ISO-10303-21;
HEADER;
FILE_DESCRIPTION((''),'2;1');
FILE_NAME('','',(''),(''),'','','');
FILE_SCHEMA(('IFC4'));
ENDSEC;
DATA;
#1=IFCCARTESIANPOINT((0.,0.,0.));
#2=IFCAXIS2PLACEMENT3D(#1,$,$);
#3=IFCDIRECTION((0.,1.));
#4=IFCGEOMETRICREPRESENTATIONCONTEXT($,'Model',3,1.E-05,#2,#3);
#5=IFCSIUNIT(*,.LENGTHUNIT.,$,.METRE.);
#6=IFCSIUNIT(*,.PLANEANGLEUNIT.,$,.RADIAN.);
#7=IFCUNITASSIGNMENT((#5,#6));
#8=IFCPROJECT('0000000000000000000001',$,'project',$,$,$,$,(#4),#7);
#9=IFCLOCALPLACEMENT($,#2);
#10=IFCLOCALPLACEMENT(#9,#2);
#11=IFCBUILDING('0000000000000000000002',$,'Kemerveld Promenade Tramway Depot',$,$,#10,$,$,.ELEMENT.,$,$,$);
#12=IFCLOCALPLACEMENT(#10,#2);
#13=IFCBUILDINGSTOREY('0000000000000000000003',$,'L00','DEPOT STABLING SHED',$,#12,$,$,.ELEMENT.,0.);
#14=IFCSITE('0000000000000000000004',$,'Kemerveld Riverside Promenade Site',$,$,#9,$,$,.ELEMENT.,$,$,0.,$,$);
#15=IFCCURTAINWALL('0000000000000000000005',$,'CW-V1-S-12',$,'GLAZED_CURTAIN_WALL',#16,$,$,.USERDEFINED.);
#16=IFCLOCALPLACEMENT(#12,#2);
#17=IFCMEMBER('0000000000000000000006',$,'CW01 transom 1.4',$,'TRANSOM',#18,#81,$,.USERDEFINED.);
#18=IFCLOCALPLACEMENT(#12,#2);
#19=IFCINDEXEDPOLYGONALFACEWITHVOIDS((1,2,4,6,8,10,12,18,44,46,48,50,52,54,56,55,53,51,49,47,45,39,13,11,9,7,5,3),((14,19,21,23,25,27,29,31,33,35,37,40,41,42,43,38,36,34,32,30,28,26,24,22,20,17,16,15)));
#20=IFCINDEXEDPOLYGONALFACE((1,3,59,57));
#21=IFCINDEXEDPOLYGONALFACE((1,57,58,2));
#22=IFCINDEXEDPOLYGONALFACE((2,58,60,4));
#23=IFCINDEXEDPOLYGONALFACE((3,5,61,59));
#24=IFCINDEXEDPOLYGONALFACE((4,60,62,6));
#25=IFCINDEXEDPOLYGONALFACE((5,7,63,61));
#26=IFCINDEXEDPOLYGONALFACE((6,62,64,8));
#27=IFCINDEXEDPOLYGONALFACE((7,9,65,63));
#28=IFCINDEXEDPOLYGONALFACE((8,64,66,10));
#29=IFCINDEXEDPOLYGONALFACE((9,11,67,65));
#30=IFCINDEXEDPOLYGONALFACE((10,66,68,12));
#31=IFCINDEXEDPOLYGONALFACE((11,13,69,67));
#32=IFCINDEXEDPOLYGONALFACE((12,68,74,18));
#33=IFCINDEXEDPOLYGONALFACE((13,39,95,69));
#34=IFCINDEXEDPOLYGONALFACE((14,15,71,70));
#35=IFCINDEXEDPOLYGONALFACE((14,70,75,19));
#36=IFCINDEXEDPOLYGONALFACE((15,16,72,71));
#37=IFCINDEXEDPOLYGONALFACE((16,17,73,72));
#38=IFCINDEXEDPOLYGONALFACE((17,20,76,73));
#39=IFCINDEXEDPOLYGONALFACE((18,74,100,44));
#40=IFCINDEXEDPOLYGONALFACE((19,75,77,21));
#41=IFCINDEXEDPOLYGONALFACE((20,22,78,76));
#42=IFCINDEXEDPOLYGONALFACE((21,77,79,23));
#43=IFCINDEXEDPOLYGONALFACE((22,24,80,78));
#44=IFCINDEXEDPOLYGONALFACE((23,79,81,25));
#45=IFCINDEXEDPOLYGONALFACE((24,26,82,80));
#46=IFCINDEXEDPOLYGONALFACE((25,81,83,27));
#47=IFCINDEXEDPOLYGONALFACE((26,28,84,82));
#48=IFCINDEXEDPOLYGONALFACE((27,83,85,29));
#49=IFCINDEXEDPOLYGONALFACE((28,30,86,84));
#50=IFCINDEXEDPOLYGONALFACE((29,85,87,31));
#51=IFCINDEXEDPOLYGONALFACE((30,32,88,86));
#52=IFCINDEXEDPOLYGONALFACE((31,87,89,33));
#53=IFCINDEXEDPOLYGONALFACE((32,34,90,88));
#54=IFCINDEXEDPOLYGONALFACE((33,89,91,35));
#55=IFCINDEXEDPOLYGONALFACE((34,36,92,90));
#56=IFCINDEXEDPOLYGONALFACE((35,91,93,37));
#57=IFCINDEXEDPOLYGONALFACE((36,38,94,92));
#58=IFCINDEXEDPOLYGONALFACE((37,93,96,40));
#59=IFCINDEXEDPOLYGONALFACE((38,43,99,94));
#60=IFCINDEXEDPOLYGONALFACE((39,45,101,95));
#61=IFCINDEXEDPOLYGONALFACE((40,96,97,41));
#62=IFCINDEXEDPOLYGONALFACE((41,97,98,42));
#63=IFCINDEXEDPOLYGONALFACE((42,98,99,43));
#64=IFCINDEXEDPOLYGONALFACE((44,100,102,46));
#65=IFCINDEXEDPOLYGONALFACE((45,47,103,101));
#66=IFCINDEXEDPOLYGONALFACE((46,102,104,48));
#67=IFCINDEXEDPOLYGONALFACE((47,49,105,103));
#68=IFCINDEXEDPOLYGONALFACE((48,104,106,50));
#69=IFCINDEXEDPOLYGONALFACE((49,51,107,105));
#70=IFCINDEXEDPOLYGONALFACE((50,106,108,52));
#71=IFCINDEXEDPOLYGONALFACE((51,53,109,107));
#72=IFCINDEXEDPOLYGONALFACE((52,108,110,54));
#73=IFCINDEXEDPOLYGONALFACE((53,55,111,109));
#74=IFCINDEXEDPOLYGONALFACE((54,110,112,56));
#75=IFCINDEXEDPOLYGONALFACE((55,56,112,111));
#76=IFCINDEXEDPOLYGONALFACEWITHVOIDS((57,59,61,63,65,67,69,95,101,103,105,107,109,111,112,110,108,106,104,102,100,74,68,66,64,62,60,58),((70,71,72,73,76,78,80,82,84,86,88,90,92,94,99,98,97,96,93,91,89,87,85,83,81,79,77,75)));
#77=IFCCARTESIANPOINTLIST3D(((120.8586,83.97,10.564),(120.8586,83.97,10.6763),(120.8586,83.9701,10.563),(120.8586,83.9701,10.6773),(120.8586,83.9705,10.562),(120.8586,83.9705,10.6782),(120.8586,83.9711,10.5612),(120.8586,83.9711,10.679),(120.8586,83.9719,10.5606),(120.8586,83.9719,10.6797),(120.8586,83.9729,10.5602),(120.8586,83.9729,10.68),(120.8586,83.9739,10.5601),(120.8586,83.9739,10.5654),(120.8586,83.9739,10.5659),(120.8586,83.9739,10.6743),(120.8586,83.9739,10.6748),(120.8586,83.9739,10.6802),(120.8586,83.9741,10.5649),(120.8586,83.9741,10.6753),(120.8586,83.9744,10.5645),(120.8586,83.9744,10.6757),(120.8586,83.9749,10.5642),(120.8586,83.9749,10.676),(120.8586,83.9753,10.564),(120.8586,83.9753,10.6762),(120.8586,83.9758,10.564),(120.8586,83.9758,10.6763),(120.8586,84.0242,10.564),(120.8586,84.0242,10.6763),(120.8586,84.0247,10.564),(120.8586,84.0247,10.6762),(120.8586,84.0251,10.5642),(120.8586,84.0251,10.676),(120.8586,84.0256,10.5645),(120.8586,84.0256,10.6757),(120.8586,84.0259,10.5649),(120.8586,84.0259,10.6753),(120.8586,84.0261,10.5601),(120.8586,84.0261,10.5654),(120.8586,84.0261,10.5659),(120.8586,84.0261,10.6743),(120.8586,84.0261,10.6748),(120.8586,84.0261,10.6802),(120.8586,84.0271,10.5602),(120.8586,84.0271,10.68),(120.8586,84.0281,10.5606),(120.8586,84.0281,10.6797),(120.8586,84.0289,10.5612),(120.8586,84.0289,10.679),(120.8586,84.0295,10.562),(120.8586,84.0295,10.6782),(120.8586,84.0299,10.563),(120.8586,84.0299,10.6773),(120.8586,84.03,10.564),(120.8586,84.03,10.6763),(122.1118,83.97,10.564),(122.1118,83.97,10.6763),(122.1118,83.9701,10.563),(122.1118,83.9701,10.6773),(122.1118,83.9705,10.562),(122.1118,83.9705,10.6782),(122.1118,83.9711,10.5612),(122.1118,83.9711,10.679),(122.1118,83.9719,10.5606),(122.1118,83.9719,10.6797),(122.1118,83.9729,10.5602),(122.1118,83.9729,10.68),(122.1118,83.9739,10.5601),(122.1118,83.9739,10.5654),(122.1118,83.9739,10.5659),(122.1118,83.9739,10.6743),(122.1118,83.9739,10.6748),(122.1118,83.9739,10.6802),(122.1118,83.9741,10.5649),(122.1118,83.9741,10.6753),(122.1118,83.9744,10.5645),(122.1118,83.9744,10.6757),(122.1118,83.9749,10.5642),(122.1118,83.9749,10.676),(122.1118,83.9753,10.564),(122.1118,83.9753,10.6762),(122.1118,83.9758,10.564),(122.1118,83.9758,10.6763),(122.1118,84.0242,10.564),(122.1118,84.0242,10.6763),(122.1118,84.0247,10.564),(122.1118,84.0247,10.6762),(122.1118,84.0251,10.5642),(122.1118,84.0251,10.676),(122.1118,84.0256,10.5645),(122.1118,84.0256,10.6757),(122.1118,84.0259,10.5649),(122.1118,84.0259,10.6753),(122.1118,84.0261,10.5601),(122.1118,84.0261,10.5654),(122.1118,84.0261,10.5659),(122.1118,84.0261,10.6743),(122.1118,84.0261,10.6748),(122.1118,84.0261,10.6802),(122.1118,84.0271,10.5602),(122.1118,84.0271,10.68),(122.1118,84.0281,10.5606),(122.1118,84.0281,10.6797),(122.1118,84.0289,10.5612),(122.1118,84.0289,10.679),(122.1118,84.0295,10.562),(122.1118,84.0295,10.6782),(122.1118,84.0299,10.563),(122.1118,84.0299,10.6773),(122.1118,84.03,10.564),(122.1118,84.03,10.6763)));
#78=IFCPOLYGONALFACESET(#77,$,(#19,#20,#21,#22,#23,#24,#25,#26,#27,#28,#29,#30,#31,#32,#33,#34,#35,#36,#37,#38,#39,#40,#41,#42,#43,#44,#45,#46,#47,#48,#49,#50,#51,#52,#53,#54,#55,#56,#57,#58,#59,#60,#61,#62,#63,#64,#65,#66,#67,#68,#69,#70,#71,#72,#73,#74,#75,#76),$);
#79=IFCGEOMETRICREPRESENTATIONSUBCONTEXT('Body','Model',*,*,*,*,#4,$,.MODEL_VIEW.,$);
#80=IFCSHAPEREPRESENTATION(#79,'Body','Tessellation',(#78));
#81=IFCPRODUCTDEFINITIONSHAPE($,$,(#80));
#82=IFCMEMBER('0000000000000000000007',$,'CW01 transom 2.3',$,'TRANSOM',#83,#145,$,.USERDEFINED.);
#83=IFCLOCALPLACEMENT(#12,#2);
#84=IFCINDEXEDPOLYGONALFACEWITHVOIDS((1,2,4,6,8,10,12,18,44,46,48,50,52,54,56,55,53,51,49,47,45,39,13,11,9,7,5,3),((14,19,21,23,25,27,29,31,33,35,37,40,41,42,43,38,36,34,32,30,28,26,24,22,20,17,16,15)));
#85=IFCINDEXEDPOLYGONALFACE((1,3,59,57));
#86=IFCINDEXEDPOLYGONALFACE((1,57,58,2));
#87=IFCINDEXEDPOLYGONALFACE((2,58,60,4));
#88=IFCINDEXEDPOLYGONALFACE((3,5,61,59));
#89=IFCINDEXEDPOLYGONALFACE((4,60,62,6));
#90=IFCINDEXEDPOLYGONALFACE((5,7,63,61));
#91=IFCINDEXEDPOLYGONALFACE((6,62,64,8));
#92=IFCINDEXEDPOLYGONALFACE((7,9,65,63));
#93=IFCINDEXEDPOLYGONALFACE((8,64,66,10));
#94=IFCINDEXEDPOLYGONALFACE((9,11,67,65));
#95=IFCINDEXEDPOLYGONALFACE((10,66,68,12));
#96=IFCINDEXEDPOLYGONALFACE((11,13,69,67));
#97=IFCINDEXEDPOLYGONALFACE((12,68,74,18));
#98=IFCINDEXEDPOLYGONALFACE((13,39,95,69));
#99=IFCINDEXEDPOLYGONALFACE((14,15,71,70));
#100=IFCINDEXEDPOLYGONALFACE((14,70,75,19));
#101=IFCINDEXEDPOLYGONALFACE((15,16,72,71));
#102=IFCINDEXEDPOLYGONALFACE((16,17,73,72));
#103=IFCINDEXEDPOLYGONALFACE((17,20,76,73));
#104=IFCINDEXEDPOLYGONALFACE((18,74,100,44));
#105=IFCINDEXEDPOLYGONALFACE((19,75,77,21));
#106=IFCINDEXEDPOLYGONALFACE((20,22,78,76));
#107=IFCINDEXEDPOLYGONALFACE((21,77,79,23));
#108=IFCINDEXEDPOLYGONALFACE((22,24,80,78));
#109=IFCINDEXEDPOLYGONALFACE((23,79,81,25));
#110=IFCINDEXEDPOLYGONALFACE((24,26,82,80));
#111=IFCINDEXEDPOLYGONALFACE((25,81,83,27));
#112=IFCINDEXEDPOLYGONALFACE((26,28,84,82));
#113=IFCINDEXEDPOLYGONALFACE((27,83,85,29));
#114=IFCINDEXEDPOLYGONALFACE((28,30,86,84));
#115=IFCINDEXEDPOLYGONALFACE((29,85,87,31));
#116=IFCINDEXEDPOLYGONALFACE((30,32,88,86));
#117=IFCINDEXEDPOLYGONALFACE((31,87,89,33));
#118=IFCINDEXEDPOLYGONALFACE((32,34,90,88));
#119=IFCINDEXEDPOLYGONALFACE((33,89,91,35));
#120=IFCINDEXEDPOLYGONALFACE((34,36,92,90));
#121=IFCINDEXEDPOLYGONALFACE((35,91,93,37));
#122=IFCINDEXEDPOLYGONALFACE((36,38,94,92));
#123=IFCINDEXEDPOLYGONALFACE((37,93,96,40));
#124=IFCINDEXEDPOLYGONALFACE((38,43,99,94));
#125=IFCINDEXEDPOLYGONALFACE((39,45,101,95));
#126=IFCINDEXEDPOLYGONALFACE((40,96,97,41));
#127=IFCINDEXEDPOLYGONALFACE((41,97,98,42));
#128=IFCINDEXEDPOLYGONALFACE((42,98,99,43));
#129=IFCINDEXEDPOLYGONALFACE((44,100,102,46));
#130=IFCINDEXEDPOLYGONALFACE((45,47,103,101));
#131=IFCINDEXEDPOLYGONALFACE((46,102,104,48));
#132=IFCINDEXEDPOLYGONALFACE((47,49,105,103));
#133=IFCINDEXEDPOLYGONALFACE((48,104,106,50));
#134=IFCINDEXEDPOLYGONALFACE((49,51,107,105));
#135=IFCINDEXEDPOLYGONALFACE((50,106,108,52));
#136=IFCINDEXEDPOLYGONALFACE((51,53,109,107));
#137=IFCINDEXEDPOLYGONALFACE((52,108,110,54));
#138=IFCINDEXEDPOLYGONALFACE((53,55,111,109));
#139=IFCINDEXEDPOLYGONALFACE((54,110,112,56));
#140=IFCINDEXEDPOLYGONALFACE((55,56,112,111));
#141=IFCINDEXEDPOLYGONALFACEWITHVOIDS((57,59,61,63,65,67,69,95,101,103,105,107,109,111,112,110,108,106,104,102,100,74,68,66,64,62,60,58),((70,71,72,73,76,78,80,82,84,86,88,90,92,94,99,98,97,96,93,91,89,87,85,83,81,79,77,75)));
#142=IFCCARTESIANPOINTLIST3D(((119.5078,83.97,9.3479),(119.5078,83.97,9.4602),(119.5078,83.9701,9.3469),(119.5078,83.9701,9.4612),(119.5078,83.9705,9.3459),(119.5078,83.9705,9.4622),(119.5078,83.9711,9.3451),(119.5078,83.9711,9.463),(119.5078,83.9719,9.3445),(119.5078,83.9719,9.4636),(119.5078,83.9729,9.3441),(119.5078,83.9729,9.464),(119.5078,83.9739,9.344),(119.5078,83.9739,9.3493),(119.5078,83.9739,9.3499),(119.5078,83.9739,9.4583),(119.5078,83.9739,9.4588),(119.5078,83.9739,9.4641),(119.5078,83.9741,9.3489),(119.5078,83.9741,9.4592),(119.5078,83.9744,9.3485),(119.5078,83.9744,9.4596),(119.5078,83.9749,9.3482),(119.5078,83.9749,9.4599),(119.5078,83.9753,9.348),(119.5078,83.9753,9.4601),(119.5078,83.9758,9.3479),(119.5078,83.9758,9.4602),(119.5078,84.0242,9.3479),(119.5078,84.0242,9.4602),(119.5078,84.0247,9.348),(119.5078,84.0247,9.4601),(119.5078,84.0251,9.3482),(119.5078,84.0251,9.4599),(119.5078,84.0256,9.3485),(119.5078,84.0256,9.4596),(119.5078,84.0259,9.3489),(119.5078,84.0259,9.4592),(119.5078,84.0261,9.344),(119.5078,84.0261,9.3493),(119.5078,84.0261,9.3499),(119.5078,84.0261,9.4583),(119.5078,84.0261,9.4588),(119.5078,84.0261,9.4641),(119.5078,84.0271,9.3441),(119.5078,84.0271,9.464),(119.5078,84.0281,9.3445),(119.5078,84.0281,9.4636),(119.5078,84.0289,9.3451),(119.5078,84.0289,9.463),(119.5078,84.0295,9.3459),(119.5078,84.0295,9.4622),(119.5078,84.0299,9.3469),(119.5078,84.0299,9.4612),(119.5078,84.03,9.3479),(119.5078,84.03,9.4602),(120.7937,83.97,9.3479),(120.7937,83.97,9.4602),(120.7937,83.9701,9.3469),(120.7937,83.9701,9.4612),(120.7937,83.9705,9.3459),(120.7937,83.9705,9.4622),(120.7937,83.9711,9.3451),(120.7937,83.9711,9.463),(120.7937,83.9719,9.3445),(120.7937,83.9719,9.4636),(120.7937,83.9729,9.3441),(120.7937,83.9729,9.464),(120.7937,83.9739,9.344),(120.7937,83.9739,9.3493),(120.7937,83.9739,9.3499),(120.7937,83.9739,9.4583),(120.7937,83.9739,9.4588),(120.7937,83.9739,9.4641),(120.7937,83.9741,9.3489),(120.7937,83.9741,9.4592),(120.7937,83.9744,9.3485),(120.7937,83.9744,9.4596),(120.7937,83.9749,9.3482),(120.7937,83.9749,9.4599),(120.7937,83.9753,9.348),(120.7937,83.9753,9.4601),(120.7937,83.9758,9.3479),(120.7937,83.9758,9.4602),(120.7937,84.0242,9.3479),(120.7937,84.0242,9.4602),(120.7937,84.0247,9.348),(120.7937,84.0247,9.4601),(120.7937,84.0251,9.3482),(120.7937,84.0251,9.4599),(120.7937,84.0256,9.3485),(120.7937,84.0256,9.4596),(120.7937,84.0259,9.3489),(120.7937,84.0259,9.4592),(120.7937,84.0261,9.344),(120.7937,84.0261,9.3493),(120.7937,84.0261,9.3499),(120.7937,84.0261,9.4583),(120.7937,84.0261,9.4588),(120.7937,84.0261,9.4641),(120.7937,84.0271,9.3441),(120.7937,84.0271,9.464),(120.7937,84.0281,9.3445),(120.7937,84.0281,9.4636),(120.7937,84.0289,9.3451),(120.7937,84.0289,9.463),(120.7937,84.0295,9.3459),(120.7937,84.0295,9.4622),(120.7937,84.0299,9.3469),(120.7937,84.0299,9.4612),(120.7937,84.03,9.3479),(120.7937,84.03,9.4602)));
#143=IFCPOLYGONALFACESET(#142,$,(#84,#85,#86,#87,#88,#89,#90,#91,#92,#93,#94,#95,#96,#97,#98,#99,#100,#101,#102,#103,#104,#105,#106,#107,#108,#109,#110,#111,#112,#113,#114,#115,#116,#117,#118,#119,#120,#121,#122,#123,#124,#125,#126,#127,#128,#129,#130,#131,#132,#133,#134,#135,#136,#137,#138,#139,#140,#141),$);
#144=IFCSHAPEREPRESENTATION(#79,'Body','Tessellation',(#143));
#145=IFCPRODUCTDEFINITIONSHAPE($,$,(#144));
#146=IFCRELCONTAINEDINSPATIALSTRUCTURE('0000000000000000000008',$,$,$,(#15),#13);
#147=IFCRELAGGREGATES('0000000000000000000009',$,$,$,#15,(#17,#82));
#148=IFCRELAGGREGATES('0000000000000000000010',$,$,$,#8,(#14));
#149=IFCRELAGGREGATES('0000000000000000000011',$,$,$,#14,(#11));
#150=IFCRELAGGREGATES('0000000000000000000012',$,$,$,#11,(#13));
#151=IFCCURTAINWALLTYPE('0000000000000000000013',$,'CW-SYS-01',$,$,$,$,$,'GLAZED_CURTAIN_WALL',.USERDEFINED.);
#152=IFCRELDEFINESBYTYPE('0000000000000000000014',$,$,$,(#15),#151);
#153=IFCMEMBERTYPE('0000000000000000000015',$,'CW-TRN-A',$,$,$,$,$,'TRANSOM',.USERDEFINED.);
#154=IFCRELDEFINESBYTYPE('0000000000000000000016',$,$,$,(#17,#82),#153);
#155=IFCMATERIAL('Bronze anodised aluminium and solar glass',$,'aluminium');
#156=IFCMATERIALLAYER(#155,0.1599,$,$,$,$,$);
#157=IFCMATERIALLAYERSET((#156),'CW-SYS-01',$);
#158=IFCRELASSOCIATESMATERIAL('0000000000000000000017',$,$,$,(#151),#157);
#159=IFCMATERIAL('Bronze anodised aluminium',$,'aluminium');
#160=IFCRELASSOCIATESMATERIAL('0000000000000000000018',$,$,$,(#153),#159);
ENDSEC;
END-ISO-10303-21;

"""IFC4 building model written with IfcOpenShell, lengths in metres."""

from ifc_helpers import new_model, si_unit, direction, frame, origin, origin_2d, place, context, subcontext, project, spatial, hollow_rectangle, extrude, material, layer, layer_set, material_profile, profile_set, type_object, element, aggregate, save


model = new_model("IFC4")

# Units and contexts
model_context = context("Model", 3, precision=1e-05, world=origin(), true_north=direction((0.0, 1.0)))
body_context = subcontext(model_context, "Body", "Model", "MODEL_VIEW")
ifc_project = project(units=[si_unit("LENGTHUNIT", "METRE"), si_unit("PLANEANGLEUNIT", "RADIAN")], contexts=[model_context])

# Site, building, storey
site_placement = place(None, origin())
site = spatial("IfcSite", under=ifc_project, at=site_placement, Name="Kemerveld Riverside Promenade Site", CompositionType="ELEMENT", RefElevation=0.0)
building_placement = place(site_placement, origin())
building = spatial("IfcBuilding", under=site, at=building_placement, Name="Kemerveld Promenade Tramway Depot", CompositionType="ELEMENT")
storey_placement = place(building_placement, origin())
storey = spatial("IfcBuildingStorey", under=building, at=storey_placement, Name="L00", Description="DEPOT STABLING SHED", CompositionType="ELEMENT", Elevation=0.0)

# Curtain wall, members
ifc_material_1 = material(Name="Bronze anodised aluminium and solar glass", Category="aluminium")
ifc_layer_1 = layer(ifc_material_1, 0.1599)
ifc_layer_set_1 = layer_set([ifc_layer_1], Name="CW-SYS-01")
curtain_wall_type_1 = type_object("IfcCurtainWallType", Name="CW-SYS-01", ElementType="GLAZED_CURTAIN_WALL", PredefinedType="USERDEFINED", material=ifc_layer_set_1)
curtain_wall_1_placement = place(storey_placement, origin())
curtain_wall_1 = element("IfcCurtainWall", 1, at=curtain_wall_1_placement, inside=storey, type_object=curtain_wall_type_1, Name="CW-V1-S-12", ObjectType="GLAZED_CURTAIN_WALL", PredefinedType="USERDEFINED")
ifc_material_2 = material(Name="Bronze anodised aluminium", Category="aluminium")
ifc_material_profile_1 = material_profile(ifc_material_2, hollow_rectangle(XDim=0.0601, YDim=0.1201, WallThickness=0.0039, InnerFilletRadius=0.002, OuterFilletRadius=0.0039, at=origin_2d()), Name="CW-TRN-120x60")
ifc_profile_set_1 = profile_set([ifc_material_profile_1], Name="Bronze anodised aluminium")
member_type_1 = type_object("IfcMemberType", Name="CW-TRN-A", ElementType="TRANSOM", PredefinedType="USERDEFINED", material=ifc_profile_set_1)
member_1_placement = place(storey_placement, frame((122.1118, 84.0, 10.6201), z_axis=(-1.0, 0.0, 0.0), x_axis=(0.0, -1.0, 0.0)))
member_1 = element("IfcMember", 2, at=member_1_placement, type_object=member_type_1, Name="CW01 transom 1.4", ObjectType="TRANSOM", PredefinedType="USERDEFINED", context=body_context, shape_type="SweptSolid", body=[
    extrude(hollow_rectangle(XDim=0.0601, YDim=0.1201, WallThickness=0.0039, InnerFilletRadius=0.002, OuterFilletRadius=0.0039, at=origin_2d()), origin(), (0.0, 0.0, 1.0), 1.2532),
])
member_2_placement = place(storey_placement, frame((120.7937, 84.0, 9.4041), z_axis=(-1.0, 0.0, 0.0), x_axis=(0.0, -1.0, 0.0)))
member_2 = element("IfcMember", 3, at=member_2_placement, type_object=member_type_1, Name="CW01 transom 2.3", ObjectType="TRANSOM", PredefinedType="USERDEFINED", context=body_context, shape_type="SweptSolid", body=[
    extrude(hollow_rectangle(XDim=0.0601, YDim=0.1201, WallThickness=0.0039, InnerFilletRadius=0.002, OuterFilletRadius=0.0039, at=origin_2d()), origin(), (0.0, 0.0, 1.0), 1.2859),
])

aggregate(curtain_wall_1, [member_1, member_2])

save(model, "model.ifc")
